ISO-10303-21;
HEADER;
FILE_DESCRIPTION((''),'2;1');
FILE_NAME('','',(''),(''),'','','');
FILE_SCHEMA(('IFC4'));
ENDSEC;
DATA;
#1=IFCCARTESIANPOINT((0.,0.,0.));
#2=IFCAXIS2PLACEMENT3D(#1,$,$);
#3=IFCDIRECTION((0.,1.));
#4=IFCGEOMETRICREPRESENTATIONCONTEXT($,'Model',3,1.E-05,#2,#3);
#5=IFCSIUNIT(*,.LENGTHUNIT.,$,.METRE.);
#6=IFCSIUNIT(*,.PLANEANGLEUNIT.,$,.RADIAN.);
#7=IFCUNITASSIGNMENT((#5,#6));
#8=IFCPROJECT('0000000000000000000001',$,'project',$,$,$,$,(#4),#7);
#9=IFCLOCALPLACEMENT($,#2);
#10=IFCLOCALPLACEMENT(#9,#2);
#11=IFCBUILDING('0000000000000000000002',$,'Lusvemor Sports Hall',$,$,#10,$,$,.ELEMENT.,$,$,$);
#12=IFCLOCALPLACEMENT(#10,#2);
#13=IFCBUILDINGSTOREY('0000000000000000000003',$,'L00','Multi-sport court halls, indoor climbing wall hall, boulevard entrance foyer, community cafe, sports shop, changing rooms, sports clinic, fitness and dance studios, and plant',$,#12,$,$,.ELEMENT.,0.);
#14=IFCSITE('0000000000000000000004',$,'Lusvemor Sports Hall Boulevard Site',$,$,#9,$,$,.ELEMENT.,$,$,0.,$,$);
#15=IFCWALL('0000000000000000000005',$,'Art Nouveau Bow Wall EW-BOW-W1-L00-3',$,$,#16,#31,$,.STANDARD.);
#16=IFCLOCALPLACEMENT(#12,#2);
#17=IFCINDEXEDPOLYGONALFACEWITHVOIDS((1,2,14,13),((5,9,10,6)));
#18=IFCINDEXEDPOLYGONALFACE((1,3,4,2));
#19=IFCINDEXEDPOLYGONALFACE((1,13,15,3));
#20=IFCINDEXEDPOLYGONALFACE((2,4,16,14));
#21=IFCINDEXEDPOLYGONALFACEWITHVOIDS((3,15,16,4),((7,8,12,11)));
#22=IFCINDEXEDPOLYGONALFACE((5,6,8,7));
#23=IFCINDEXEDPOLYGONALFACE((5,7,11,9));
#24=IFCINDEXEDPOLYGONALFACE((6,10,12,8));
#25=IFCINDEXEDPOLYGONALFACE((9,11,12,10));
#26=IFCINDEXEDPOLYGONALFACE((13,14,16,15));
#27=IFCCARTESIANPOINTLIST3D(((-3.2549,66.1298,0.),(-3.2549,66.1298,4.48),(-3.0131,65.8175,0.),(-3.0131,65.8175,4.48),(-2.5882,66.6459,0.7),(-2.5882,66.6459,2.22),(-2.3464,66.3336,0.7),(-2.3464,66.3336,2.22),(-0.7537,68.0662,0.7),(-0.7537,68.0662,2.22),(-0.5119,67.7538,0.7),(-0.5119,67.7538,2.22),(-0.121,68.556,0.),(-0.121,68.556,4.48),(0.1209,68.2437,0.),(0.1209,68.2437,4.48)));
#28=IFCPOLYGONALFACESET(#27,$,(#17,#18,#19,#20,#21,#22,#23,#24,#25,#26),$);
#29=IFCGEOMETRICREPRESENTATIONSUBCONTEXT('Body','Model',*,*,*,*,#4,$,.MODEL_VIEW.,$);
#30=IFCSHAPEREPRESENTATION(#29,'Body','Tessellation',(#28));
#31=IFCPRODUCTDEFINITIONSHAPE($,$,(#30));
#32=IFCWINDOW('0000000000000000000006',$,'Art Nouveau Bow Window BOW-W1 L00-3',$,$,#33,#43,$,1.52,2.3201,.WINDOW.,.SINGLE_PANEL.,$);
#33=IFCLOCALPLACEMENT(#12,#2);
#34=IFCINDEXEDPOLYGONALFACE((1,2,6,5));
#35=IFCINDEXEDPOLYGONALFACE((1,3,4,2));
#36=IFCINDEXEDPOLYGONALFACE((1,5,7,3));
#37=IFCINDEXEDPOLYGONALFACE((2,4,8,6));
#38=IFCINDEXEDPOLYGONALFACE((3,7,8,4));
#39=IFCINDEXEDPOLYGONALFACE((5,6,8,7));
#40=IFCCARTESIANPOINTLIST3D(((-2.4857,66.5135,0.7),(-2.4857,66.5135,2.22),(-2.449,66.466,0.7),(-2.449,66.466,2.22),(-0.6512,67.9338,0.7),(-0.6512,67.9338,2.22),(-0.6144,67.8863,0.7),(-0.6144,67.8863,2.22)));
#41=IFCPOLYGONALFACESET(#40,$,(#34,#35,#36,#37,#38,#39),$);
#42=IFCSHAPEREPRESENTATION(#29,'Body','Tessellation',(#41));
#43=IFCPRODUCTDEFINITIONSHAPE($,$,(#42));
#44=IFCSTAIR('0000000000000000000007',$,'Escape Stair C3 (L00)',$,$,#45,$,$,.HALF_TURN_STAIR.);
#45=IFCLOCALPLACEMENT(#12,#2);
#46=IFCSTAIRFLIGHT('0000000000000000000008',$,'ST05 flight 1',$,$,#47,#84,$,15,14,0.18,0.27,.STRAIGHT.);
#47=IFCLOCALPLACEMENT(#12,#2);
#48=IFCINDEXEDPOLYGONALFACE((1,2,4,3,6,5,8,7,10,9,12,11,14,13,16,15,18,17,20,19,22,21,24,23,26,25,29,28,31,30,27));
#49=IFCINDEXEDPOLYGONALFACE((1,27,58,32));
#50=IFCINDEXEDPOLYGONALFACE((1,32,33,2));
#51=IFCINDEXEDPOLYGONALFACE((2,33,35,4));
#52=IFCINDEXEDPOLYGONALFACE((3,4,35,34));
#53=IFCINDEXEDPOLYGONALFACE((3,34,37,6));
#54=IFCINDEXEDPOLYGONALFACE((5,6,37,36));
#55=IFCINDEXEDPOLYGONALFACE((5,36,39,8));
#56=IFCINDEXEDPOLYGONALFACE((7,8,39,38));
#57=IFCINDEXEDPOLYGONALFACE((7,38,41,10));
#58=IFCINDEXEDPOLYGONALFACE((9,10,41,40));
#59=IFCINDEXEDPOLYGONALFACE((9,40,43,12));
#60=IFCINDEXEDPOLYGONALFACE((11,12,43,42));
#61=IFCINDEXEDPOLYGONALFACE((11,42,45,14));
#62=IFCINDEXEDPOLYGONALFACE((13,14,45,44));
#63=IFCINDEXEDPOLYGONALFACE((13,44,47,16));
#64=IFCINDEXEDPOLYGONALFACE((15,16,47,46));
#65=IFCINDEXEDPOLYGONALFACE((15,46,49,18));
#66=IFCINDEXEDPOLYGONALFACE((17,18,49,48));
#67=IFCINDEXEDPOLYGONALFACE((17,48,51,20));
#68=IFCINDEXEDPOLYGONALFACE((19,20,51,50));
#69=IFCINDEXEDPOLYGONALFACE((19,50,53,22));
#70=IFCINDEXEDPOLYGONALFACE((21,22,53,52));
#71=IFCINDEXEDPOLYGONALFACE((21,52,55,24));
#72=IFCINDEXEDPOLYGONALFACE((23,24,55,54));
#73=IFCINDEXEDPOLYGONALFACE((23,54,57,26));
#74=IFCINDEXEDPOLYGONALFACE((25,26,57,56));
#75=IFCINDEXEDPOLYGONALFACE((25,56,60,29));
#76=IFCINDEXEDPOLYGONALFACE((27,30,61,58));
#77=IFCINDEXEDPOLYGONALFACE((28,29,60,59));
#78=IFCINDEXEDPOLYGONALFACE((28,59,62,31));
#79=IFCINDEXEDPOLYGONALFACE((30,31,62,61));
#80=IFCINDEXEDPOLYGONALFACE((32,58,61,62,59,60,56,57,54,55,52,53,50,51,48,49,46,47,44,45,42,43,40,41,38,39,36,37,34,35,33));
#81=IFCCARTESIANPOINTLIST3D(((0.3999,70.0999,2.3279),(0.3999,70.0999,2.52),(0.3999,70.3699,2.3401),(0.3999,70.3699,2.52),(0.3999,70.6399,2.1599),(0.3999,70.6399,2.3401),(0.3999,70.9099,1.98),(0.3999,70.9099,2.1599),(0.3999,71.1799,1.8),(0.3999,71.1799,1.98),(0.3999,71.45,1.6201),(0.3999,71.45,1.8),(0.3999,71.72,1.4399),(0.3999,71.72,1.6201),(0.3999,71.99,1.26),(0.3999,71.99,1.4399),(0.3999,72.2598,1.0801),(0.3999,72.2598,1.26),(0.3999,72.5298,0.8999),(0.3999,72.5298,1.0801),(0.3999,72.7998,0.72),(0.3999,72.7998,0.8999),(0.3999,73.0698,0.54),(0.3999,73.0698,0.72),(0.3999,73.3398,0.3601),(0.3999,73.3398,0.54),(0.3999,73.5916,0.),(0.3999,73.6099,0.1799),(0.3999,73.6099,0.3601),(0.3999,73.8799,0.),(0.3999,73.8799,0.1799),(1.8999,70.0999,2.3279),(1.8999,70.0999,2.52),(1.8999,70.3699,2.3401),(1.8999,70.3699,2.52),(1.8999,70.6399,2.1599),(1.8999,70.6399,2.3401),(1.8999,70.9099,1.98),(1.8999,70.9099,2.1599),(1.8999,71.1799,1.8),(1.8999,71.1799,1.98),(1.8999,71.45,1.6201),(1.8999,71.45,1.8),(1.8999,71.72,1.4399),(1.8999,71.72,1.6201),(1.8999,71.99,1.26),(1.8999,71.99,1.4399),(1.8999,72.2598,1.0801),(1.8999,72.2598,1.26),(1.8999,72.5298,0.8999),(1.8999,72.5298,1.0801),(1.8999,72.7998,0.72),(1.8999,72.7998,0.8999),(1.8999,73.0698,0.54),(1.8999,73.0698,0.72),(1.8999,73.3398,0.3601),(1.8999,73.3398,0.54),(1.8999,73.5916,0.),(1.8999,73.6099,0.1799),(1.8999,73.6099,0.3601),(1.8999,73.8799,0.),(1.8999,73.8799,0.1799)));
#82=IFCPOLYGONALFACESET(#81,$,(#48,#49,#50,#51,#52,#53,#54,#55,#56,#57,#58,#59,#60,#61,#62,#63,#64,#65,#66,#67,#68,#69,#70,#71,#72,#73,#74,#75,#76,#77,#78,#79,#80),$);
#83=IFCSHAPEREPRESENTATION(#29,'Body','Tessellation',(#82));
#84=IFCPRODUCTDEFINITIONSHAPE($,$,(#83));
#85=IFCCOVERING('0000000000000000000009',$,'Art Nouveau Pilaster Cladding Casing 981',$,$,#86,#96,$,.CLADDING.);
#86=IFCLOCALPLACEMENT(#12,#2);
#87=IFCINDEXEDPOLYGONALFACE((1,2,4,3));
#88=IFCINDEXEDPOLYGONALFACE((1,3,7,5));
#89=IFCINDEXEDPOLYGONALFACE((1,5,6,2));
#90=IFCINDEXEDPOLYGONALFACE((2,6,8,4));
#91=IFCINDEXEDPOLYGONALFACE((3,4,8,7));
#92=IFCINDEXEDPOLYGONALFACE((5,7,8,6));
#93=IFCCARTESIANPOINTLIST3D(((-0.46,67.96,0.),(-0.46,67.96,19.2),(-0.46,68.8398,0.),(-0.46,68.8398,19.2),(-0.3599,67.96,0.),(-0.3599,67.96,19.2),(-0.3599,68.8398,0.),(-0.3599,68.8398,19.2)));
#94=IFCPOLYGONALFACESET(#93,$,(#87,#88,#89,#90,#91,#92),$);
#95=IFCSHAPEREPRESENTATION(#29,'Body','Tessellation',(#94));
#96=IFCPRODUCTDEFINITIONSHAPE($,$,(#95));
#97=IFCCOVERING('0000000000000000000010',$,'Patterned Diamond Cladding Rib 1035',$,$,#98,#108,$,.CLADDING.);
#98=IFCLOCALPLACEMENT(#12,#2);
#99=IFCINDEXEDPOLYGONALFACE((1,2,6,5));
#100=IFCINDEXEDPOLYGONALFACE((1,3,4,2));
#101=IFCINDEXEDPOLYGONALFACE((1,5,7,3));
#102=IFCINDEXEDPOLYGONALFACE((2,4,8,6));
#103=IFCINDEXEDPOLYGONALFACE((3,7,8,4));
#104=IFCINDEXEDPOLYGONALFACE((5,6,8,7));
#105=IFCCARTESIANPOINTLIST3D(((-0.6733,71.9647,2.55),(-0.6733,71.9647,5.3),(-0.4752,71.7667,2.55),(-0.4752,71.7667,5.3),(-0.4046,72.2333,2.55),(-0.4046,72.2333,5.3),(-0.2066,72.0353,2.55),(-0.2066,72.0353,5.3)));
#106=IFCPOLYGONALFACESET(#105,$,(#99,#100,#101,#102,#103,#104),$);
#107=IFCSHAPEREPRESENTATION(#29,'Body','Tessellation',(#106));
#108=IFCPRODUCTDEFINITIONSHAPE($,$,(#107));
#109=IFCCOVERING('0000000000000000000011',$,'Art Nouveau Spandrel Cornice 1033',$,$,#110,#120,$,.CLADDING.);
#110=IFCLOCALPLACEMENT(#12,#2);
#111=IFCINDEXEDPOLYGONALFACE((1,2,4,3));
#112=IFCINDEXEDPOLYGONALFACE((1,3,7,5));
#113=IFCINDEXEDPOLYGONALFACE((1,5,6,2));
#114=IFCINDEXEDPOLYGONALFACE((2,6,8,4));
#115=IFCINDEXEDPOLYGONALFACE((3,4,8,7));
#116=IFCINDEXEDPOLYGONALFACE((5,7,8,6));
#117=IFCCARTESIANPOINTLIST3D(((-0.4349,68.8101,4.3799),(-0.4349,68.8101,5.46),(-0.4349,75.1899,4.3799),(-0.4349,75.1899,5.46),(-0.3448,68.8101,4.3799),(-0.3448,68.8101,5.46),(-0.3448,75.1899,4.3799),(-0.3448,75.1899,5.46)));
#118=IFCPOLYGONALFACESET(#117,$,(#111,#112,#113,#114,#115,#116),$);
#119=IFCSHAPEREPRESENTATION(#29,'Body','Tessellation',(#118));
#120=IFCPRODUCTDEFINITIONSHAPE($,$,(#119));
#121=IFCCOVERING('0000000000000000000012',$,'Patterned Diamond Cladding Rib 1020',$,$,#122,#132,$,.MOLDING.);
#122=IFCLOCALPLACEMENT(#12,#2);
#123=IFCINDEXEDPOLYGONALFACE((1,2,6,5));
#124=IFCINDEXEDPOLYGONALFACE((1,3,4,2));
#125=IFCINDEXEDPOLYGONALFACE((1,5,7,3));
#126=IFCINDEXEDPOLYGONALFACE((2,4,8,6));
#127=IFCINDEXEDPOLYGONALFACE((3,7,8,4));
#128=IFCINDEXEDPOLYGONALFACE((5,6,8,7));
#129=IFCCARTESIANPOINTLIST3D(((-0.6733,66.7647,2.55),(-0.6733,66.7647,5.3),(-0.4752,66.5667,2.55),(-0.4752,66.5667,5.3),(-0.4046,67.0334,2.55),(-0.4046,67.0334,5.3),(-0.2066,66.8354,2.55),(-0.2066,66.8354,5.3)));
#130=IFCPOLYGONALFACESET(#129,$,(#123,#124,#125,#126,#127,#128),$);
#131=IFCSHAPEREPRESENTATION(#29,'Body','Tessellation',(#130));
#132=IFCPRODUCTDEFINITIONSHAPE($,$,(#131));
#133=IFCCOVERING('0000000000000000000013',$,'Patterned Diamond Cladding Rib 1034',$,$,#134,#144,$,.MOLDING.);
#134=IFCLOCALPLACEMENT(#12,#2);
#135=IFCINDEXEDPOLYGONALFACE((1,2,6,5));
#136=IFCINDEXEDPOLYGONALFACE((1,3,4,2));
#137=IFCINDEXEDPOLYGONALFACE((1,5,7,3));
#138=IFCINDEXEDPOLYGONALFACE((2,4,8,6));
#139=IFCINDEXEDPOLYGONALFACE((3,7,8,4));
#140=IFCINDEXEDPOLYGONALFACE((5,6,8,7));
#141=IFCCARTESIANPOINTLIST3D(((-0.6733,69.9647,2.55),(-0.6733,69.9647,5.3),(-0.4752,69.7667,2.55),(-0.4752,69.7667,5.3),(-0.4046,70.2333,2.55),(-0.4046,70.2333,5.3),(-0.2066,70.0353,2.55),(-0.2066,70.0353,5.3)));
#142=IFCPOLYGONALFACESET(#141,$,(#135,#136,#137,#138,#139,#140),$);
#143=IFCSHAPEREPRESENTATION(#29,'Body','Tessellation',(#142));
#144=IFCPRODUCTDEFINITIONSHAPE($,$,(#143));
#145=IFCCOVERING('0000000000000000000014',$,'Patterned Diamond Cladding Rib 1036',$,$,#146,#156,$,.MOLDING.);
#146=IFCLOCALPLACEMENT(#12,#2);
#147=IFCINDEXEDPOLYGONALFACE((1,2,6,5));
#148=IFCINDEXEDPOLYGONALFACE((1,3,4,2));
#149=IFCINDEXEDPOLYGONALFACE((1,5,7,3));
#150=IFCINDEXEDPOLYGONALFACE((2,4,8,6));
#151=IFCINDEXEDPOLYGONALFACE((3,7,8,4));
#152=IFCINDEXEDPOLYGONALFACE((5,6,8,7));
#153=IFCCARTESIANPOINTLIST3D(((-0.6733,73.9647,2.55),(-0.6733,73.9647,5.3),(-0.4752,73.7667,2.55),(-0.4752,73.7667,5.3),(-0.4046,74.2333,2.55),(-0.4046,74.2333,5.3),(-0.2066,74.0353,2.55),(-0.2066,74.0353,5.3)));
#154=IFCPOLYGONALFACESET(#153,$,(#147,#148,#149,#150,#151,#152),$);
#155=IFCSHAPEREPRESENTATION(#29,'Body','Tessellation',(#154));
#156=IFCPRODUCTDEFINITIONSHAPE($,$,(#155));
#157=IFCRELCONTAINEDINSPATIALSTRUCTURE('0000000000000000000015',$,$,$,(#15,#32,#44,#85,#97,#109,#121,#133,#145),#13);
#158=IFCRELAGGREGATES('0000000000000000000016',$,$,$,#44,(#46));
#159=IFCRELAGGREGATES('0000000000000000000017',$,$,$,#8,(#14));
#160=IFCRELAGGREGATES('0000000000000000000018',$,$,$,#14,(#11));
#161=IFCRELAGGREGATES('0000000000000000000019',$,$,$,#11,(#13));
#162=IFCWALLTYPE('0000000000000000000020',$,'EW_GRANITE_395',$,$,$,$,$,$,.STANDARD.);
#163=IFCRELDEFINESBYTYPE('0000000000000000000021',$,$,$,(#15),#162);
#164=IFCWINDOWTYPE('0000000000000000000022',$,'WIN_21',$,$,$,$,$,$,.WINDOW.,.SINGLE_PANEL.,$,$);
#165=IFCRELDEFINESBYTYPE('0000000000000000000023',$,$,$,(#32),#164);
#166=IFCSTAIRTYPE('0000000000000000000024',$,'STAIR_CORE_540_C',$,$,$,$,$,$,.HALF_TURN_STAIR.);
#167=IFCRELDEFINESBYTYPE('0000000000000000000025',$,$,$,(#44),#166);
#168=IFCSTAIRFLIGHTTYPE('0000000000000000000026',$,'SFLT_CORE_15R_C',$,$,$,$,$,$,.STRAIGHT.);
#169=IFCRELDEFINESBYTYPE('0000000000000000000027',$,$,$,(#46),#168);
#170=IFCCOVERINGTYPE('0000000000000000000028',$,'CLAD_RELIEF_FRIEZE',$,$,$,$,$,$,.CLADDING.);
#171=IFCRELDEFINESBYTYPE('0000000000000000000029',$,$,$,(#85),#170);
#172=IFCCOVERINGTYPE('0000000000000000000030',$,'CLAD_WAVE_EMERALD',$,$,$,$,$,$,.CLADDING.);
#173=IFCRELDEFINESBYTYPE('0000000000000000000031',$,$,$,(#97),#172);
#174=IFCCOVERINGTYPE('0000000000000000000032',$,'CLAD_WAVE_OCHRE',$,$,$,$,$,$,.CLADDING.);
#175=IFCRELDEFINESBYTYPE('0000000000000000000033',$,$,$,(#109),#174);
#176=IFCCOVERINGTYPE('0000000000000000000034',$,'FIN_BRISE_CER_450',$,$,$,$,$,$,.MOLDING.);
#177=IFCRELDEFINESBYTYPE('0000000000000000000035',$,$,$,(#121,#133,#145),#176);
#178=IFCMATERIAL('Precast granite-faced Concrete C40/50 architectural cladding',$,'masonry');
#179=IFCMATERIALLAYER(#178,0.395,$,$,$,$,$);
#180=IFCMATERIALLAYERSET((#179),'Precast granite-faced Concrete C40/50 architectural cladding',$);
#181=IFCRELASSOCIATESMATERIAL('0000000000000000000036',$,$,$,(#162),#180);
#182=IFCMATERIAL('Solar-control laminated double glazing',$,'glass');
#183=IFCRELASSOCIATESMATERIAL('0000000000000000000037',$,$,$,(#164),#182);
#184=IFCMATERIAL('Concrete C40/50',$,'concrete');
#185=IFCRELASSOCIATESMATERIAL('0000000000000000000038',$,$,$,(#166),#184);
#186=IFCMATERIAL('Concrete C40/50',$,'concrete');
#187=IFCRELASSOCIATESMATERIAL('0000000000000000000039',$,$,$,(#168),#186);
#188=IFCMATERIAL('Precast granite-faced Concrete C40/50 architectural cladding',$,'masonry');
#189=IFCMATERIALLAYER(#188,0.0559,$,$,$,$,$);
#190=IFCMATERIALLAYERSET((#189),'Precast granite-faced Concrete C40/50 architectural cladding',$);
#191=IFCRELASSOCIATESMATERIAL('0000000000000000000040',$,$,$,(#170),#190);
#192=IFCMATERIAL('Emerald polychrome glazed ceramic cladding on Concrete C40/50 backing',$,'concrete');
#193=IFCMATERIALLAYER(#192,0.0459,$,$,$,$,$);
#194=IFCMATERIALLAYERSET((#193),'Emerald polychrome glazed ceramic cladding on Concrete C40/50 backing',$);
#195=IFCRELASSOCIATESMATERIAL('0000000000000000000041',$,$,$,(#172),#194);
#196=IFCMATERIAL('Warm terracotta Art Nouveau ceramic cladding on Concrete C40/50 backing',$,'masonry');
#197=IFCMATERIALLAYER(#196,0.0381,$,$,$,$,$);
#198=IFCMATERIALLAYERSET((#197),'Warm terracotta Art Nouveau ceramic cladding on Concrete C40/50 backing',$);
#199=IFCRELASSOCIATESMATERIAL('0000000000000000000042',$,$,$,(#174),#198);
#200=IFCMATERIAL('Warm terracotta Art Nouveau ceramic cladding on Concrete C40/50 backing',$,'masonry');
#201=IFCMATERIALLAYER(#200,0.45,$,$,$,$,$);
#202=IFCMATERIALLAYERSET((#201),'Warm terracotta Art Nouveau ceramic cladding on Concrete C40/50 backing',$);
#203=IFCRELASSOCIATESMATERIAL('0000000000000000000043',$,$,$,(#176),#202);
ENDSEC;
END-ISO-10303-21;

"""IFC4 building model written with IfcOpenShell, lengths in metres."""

from ifc_helpers import new_model, si_unit, direction, frame, frame_2d, origin, origin_2d, place, context, subcontext, project, spatial, polyline, rectangle, outline, extrude, material, layer, layer_set, type_object, element, fill, aggregate, save


model = new_model("IFC4")

# Units and contexts
model_context = context("Model", 3, precision=1e-05, world=origin(), true_north=direction((0.0, 1.0)))
body_context = subcontext(model_context, "Body", "Model", "MODEL_VIEW")
ifc_project = project(units=[si_unit("LENGTHUNIT", "METRE"), si_unit("PLANEANGLEUNIT", "RADIAN")], contexts=[model_context])

# Site, building, storey
site_placement = place(None, origin())
site = spatial("IfcSite", under=ifc_project, at=site_placement, Name="Lusvemor Sports Hall Boulevard Site", CompositionType="ELEMENT", RefElevation=0.0)
building_placement = place(site_placement, origin())
building = spatial("IfcBuilding", under=site, at=building_placement, Name="Lusvemor Sports Hall", CompositionType="ELEMENT")
storey_placement = place(building_placement, origin())
storey = spatial("IfcBuildingStorey", under=building, at=storey_placement, Name="L00", Description="Multi-sport court halls, indoor climbing wall hall, boulevard entrance foyer, community cafe, sports shop, changing rooms, sports clinic, fitness and dance studios, and plant", CompositionType="ELEMENT", Elevation=0.0)

# Wall, opening, window
ifc_material_1 = material(Name="Precast granite-faced Concrete C40/50 architectural cladding", Category="masonry")
ifc_layer_1 = layer(ifc_material_1, 0.395)
ifc_layer_set_1 = layer_set([ifc_layer_1], Name="Precast granite-faced Concrete C40/50 architectural cladding")
wall_type_1 = type_object("IfcWallType", Name="EW_GRANITE_395", PredefinedType="STANDARD", material=ifc_layer_set_1)
wall_1_placement = place(storey_placement, frame((-3.134, 65.9736, 0.0), z_axis=(0.0, 0.0, 1.0), x_axis=(0.790733, 0.612161, 0.0)))
wall_1 = element("IfcWall", 1, at=wall_1_placement, inside=storey, type_object=wall_type_1, Name="Art Nouveau Bow Wall EW-BOW-W1-L00-3", PredefinedType="STANDARD", context=body_context, shape_type="SweptSolid", body=[
    extrude(rectangle(XDim=3.9634, YDim=0.395, at=frame_2d((1.9817, 0.0))), origin(), (0.0, 0.0, 1.0), 4.48),
])
opening_1_placement = place(wall_1_placement, frame((0.843, 0.0, 0.7)))
opening_1 = element("IfcOpeningElement", 2, at=opening_1_placement, cuts=wall_1, PredefinedType="OPENING", context=body_context, shape_type="SweptSolid", body=[
    extrude(rectangle(XDim=2.3201, YDim=1.52, at=frame_2d((1.1602, 0.76))), frame((0.0, 0.1975, 0.0), z_axis=(0.0, -1.0, 0.0), x_axis=(1.0, 0.0, 0.0)), (0.0, 0.0, 1.0), 0.395),
])
ifc_material_2 = material(Name="Solar-control laminated double glazing", Category="glass")
window_type = type_object("IfcWindowType", Name="WIN_21", PartitioningType="SINGLE_PANEL", PredefinedType="WINDOW", material=ifc_material_2)
window_placement = place(opening_1_placement, origin())
window = element("IfcWindow", 3, at=window_placement, inside=storey, type_object=window_type, Name="Art Nouveau Bow Window BOW-W1 L00-3", OverallHeight=1.52, OverallWidth=2.3201, PartitioningType="SINGLE_PANEL", PredefinedType="WINDOW", context=body_context, shape_type="SweptSolid", body=[
    extrude(rectangle(XDim=2.3201, YDim=1.52, at=frame_2d((1.1602, 0.76))), frame((0.0, 0.03, 0.0), z_axis=(0.0, -1.0, 0.0), x_axis=(1.0, 0.0, 0.0)), (0.0, 0.0, 1.0), 0.0601),
])
fill(opening_1, window)

# Stair, stair flight
ifc_material_3 = material(Name="Concrete C40/50", Category="concrete")
stair_type = type_object("IfcStairType", Name="STAIR_CORE_540_C", PredefinedType="HALF_TURN_STAIR", material=ifc_material_3)
stair_placement = place(storey_placement, origin())
stair = element("IfcStair", 4, at=stair_placement, inside=storey, type_object=stair_type, Name="Escape Stair C3 (L00)", PredefinedType="HALF_TURN_STAIR")
ifc_material_4 = material(Name="Concrete C40/50", Category="concrete")
stair_flight_type = type_object("IfcStairFlightType", Name="SFLT_CORE_15R_C", PredefinedType="STRAIGHT", material=ifc_material_4)
stair_flight_placement = place(storey_placement, frame((1.1499, 73.8799, 0.0), z_axis=(0.0, 0.0, 1.0), x_axis=(0.0, -1.0, 0.0)))
stair_flight = element("IfcStairFlight", 5, at=stair_flight_placement, type_object=stair_flight_type, Name="ST05 flight 1", NumberOfRisers=15, NumberOfTreads=14, PredefinedType="STRAIGHT", RiserHeight=0.18, TreadLength=0.27, context=body_context, shape_type="SweptSolid", body=[
    extrude(outline(polyline([(0.0, 0.0), (0.0, 0.1799), (0.27, 0.1799), (0.27, 0.3601), (0.54, 0.3601), (0.54, 0.54), (0.8101, 0.54), (0.8101, 0.72), (1.0801, 0.72), (1.0801, 0.8999), (1.3501, 0.8999), (1.3501, 1.0801), (1.6201, 1.0801), (1.6201, 1.26), (1.8899, 1.26), (1.8899, 1.4399), (2.1599, 1.4399), (2.1599, 1.6201), (2.4299, 1.6201), (2.4299, 1.8), (2.7, 1.8), (2.7, 1.98), (2.97, 1.98), (2.97, 2.1599), (3.24, 2.1599), (3.24, 2.3401), (3.51, 2.3401), (3.51, 2.52), (3.78, 2.52), (3.78, 2.7), (3.78, 2.3279), (0.2883, 0.0), (0.0, 0.0)])), frame((0.0, 0.75, 0.0), z_axis=(0.0, -1.0, 0.0), x_axis=(1.0, 0.0, 0.0)), (0.0, 0.0, 1.0), 1.5),
])
aggregate(stair, [stair_flight])

# Coverings
ifc_material_5 = material(Name="Precast granite-faced Concrete C40/50 architectural cladding", Category="masonry")
ifc_layer_2 = layer(ifc_material_5, 0.0559)
ifc_layer_set_2 = layer_set([ifc_layer_2], Name="Precast granite-faced Concrete C40/50 architectural cladding")
covering_type_1 = type_object("IfcCoveringType", Name="CLAD_RELIEF_FRIEZE", PredefinedType="CLADDING", material=ifc_layer_set_2)
covering_1_placement = place(storey_placement, frame((-0.4099, 68.3999, 0.0), z_axis=(0.0, 0.0, 1.0), x_axis=(1.0, 0.0, 0.0)))
element("IfcCovering", 6, at=covering_1_placement, inside=storey, type_object=covering_type_1, Name="Art Nouveau Pilaster Cladding Casing 981", PredefinedType="CLADDING", context=body_context, shape_type="SweptSolid", body=[
    extrude(rectangle(XDim=0.1001, YDim=0.8799, at=origin_2d()), origin(), (0.0, 0.0, 1.0), 19.2),
])
ifc_material_6 = material(Name="Emerald polychrome glazed ceramic cladding on Concrete C40/50 backing", Category="concrete")
ifc_layer_3 = layer(ifc_material_6, 0.0459)
ifc_layer_set_3 = layer_set([ifc_layer_3], Name="Emerald polychrome glazed ceramic cladding on Concrete C40/50 backing")
covering_type_2 = type_object("IfcCoveringType", Name="CLAD_WAVE_EMERALD", PredefinedType="CLADDING", material=ifc_layer_set_3)
covering_2_placement = place(storey_placement, frame((-0.4399, 72.0, 2.55), z_axis=(0.0, 0.0, 1.0), x_axis=(0.707107, 0.707107, 0.0)))
element("IfcCovering", 7, at=covering_2_placement, inside=storey, type_object=covering_type_2, Name="Patterned Diamond Cladding Rib 1035", PredefinedType="CLADDING", context=body_context, shape_type="SweptSolid", body=[
    extrude(rectangle(XDim=0.3799, YDim=0.28, at=origin_2d()), origin(), (0.0, 0.0, 1.0), 2.75),
])
ifc_material_7 = material(Name="Warm terracotta Art Nouveau ceramic cladding on Concrete C40/50 backing", Category="masonry")
ifc_layer_4 = layer(ifc_material_7, 0.0381)
ifc_layer_set_4 = layer_set([ifc_layer_4], Name="Warm terracotta Art Nouveau ceramic cladding on Concrete C40/50 backing")
covering_type_3 = type_object("IfcCoveringType", Name="CLAD_WAVE_OCHRE", PredefinedType="CLADDING", material=ifc_layer_set_4)
covering_3_placement = place(storey_placement, frame((-0.3899, 72.0, 4.3799), z_axis=(0.0, 0.0, 1.0), x_axis=(1.0, 0.0, 0.0)))
element("IfcCovering", 8, at=covering_3_placement, inside=storey, type_object=covering_type_3, Name="Art Nouveau Spandrel Cornice 1033", PredefinedType="CLADDING", context=body_context, shape_type="SweptSolid", body=[
    extrude(rectangle(XDim=0.0901, YDim=6.3799, at=origin_2d()), origin(), (0.0, 0.0, 1.0), 1.0801),
])
ifc_material_8 = material(Name="Warm terracotta Art Nouveau ceramic cladding on Concrete C40/50 backing", Category="masonry")
ifc_layer_5 = layer(ifc_material_8, 0.45)
ifc_layer_set_5 = layer_set([ifc_layer_5], Name="Warm terracotta Art Nouveau ceramic cladding on Concrete C40/50 backing")
covering_type_4 = type_object("IfcCoveringType", Name="FIN_BRISE_CER_450", PredefinedType="MOLDING", material=ifc_layer_set_5)
for number, where, z_axis, x_axis, name in (
    (9, (-0.4399, 66.8, 2.55), (0.0, 0.0, 1.0), (0.707107, 0.707107, 0.0), "Patterned Diamond Cladding Rib 1020"),
    (10, (-0.4399, 70.0, 2.55), (0.0, 0.0, 1.0), (0.707107, 0.707107, 0.0), "Patterned Diamond Cladding Rib 1034"),
    (11, (-0.4399, 74.0, 2.55), (0.0, 0.0, 1.0), (0.707107, 0.707107, 0.0), "Patterned Diamond Cladding Rib 1036"),
):
    element("IfcCovering", number, at=place(storey_placement, frame(where, z_axis=z_axis, x_axis=x_axis)), inside=storey, type_object=covering_type_4, Name=name, PredefinedType="MOLDING", context=body_context, shape_type="SweptSolid", body=[
        extrude(rectangle(XDim=0.3799, YDim=0.28, at=origin_2d()), origin(), (0.0, 0.0, 1.0), 2.75),
    ])

save(model, "model.ifc")
